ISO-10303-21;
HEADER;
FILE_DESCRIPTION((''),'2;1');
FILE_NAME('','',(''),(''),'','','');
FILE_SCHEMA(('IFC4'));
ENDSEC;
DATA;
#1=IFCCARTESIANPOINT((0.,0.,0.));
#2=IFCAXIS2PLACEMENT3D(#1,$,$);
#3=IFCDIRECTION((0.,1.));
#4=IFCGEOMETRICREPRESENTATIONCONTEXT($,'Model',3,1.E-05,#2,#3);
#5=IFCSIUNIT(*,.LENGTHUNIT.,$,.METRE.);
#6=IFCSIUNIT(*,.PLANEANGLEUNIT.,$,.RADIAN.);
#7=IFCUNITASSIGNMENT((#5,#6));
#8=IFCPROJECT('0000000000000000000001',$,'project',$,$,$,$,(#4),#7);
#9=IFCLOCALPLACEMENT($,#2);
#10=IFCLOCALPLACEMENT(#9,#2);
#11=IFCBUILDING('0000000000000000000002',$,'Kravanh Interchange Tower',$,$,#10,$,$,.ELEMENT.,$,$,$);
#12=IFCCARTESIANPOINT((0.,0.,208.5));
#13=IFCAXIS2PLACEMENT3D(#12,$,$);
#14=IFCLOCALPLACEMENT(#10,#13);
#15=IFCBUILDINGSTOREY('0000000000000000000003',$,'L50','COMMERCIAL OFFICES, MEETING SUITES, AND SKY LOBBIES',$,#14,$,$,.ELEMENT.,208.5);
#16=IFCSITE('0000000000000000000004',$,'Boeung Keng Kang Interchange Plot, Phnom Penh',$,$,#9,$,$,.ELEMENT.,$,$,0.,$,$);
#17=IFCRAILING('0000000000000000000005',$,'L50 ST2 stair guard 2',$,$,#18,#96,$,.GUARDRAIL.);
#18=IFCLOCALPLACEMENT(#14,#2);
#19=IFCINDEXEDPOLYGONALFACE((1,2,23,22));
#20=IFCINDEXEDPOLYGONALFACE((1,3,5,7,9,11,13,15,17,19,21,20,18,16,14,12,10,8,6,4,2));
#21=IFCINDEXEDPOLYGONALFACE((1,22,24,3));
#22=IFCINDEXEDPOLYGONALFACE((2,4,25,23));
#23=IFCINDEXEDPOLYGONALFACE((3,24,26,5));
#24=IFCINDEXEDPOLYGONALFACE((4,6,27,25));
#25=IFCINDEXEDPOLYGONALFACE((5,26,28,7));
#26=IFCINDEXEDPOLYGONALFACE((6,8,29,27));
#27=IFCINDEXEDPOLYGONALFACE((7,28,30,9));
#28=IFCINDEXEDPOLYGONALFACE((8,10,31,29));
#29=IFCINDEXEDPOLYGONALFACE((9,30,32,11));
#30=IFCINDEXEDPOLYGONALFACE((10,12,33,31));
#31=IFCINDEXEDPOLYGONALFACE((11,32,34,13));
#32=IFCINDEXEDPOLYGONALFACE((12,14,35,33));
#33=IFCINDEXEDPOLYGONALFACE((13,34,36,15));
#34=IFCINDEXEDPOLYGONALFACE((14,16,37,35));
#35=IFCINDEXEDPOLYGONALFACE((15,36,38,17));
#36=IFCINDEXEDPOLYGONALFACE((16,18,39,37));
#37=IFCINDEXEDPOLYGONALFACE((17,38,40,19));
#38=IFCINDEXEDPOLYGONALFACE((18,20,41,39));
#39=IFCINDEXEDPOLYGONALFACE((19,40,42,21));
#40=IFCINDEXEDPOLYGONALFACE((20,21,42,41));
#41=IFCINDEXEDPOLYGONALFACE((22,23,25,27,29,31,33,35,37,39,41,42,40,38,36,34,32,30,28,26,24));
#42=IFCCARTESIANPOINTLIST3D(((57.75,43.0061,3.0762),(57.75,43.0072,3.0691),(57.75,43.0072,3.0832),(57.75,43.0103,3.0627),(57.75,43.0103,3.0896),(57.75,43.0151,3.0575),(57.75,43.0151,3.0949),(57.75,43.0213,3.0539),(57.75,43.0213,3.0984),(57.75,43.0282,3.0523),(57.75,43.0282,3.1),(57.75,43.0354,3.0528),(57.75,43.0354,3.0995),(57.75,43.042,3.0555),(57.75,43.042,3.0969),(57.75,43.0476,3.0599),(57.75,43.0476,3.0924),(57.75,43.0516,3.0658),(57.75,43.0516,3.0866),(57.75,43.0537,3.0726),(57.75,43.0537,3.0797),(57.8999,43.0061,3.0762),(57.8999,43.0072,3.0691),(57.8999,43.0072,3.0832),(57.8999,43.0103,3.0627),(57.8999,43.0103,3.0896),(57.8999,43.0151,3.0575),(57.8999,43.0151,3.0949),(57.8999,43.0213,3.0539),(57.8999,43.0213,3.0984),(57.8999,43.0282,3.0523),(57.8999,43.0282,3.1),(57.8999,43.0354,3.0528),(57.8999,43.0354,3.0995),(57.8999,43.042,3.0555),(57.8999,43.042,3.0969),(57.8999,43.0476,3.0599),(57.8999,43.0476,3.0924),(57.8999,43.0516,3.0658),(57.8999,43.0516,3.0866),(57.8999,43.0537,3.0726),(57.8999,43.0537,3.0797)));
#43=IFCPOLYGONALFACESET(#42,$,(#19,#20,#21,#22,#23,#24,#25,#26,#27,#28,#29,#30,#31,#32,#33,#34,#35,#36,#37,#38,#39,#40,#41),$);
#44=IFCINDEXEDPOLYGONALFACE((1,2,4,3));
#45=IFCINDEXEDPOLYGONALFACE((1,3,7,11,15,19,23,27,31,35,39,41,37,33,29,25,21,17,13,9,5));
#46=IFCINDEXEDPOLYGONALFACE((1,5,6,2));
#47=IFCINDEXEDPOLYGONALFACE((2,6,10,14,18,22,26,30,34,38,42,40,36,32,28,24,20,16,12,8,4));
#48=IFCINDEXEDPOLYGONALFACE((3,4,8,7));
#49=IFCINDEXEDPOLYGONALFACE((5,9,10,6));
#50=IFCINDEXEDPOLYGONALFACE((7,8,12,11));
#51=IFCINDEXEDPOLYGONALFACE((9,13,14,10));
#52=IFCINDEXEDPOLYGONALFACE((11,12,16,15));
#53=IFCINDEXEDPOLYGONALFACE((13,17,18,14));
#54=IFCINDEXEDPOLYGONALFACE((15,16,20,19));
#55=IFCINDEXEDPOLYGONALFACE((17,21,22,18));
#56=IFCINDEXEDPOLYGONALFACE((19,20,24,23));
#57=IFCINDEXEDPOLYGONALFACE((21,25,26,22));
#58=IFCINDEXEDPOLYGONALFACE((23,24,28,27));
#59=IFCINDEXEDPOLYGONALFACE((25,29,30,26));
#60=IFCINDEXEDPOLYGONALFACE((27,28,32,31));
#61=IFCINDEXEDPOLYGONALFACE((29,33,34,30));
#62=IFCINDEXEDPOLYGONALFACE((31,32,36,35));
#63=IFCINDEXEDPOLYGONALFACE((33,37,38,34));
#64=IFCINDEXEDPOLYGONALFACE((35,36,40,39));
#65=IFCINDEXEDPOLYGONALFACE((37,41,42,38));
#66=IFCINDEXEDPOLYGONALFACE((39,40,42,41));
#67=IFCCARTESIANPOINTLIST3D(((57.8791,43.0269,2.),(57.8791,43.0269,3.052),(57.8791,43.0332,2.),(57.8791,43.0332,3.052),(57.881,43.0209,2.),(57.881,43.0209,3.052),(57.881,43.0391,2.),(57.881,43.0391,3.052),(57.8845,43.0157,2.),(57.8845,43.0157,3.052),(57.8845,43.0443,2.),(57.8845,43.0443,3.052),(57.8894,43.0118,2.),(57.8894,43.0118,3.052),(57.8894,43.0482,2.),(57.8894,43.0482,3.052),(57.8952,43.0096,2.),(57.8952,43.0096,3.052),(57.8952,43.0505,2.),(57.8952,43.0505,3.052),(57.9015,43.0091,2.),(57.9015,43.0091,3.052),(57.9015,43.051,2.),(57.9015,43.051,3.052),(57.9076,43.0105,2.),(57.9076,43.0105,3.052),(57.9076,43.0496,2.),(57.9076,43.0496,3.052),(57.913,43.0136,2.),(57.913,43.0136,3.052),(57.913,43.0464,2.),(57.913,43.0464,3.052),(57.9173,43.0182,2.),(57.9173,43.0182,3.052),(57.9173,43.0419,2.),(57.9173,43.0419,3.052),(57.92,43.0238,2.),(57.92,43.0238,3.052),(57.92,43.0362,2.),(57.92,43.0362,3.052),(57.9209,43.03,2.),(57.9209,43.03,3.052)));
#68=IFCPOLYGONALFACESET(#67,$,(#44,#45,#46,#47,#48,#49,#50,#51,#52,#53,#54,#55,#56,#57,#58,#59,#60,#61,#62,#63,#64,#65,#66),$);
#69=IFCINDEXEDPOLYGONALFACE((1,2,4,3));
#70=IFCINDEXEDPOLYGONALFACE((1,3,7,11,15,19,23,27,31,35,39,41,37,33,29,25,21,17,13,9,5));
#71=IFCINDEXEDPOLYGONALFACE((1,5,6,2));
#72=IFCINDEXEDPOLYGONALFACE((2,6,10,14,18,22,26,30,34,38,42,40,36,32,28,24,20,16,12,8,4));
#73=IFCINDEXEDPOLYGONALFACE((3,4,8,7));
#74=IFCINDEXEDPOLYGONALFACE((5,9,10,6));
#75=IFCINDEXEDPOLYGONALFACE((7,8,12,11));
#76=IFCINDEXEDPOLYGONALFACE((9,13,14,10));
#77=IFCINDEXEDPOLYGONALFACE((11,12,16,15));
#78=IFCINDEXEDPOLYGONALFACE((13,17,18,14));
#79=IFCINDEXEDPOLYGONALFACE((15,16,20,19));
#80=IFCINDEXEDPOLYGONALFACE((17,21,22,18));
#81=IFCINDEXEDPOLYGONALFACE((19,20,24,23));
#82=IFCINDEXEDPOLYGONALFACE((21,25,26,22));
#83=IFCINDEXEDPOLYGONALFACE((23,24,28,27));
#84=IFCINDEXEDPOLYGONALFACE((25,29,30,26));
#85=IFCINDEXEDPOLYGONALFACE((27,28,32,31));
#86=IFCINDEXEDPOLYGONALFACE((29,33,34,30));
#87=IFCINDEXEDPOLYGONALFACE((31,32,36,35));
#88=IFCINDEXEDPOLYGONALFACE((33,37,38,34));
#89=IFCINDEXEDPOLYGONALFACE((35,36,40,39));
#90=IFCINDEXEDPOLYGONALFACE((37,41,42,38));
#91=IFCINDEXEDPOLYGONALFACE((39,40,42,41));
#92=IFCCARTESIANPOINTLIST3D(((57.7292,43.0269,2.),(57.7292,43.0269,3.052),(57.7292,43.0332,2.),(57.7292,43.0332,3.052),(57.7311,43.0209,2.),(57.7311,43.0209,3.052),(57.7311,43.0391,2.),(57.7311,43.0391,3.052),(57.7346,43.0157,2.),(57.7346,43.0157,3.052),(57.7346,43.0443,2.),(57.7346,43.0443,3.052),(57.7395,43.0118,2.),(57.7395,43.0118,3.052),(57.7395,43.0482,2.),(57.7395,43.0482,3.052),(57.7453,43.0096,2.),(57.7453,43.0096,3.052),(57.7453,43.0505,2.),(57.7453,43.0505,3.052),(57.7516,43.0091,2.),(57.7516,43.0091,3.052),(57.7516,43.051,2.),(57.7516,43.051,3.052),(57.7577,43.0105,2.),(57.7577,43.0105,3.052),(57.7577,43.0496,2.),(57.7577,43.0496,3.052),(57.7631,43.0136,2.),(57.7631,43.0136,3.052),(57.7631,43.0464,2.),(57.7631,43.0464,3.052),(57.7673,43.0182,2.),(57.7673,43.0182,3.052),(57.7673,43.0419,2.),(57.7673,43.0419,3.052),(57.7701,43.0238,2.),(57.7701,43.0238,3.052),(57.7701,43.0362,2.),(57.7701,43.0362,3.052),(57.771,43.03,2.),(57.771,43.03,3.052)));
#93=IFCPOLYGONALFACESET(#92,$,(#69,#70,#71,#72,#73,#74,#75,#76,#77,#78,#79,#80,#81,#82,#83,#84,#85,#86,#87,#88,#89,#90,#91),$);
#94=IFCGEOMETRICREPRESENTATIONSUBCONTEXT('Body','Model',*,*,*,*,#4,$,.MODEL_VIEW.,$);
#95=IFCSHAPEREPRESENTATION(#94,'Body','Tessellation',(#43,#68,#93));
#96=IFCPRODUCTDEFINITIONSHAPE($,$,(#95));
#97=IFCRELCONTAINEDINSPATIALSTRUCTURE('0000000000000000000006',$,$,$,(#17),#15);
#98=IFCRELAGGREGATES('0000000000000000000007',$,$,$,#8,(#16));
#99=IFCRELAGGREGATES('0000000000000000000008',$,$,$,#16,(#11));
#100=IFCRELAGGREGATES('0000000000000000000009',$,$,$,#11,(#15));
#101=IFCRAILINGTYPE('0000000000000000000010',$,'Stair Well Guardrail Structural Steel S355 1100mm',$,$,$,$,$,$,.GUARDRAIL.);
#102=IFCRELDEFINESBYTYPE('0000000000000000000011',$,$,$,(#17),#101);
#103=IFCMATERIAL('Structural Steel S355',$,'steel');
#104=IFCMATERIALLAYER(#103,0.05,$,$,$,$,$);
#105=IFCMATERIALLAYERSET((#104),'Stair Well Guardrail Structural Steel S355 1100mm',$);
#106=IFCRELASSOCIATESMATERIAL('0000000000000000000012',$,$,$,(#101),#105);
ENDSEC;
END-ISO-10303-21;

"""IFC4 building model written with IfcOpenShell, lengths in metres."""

from ifc_helpers import new_model, si_unit, direction, frame, origin, origin_2d, place, context, subcontext, project, spatial, circle, extrude, material, layer, layer_set, type_object, element, save


model = new_model("IFC4")

# Units and contexts
model_context = context("Model", 3, precision=1e-05, world=origin(), true_north=direction((0.0, 1.0)))
body_context = subcontext(model_context, "Body", "Model", "MODEL_VIEW")
ifc_project = project(units=[si_unit("LENGTHUNIT", "METRE"), si_unit("PLANEANGLEUNIT", "RADIAN")], contexts=[model_context])

# Site, building, storey
site_placement = place(None, origin())
site = spatial("IfcSite", under=ifc_project, at=site_placement, Name="Boeung Keng Kang Interchange Plot, Phnom Penh", CompositionType="ELEMENT", RefElevation=0.0)
building_placement = place(site_placement, origin())
building = spatial("IfcBuilding", under=site, at=building_placement, Name="Kravanh Interchange Tower", CompositionType="ELEMENT")
storey_placement = place(building_placement, frame((0.0, 0.0, 208.5)))
storey = spatial("IfcBuildingStorey", under=building, at=storey_placement, Name="L50", Description="COMMERCIAL OFFICES, MEETING SUITES, AND SKY LOBBIES", CompositionType="ELEMENT", Elevation=208.5)

# Railing
ifc_material_1 = material(Name="Structural Steel S355", Category="steel")
ifc_layer_1 = layer(ifc_material_1, 0.05)
ifc_layer_set_1 = layer_set([ifc_layer_1], Name="Stair Well Guardrail Structural Steel S355 1100mm")
railing_type_1 = type_object("IfcRailingType", Name="Stair Well Guardrail Structural Steel S355 1100mm", PredefinedType="GUARDRAIL", material=ifc_layer_set_1)
railing_1_placement = place(storey_placement, frame((57.8999, 43.03, 2.0)))
element("IfcRailing", 1, at=railing_1_placement, inside=storey, type_object=railing_type_1, Name="L50 ST2 stair guard 2", PredefinedType="GUARDRAIL", context=body_context, shape_type="SweptSolid", body=[
    extrude(circle(Radius=0.0239, at=origin_2d()), frame((0.0, 0.0, 1.0762), z_axis=(-1.0, 0.0, 0.0), x_axis=(0.0, -1.0, 0.0)), (0.0, 0.0, 1.0), 0.1499),
    extrude(circle(Radius=0.021, at=origin_2d()), origin(), (0.0, 0.0, 1.0), 1.052),
    extrude(circle(Radius=0.021, at=origin_2d()), frame((-0.1499, 0.0, 0.0)), (0.0, 0.0, 1.0), 1.052),
])

save(model, "model.ifc")
